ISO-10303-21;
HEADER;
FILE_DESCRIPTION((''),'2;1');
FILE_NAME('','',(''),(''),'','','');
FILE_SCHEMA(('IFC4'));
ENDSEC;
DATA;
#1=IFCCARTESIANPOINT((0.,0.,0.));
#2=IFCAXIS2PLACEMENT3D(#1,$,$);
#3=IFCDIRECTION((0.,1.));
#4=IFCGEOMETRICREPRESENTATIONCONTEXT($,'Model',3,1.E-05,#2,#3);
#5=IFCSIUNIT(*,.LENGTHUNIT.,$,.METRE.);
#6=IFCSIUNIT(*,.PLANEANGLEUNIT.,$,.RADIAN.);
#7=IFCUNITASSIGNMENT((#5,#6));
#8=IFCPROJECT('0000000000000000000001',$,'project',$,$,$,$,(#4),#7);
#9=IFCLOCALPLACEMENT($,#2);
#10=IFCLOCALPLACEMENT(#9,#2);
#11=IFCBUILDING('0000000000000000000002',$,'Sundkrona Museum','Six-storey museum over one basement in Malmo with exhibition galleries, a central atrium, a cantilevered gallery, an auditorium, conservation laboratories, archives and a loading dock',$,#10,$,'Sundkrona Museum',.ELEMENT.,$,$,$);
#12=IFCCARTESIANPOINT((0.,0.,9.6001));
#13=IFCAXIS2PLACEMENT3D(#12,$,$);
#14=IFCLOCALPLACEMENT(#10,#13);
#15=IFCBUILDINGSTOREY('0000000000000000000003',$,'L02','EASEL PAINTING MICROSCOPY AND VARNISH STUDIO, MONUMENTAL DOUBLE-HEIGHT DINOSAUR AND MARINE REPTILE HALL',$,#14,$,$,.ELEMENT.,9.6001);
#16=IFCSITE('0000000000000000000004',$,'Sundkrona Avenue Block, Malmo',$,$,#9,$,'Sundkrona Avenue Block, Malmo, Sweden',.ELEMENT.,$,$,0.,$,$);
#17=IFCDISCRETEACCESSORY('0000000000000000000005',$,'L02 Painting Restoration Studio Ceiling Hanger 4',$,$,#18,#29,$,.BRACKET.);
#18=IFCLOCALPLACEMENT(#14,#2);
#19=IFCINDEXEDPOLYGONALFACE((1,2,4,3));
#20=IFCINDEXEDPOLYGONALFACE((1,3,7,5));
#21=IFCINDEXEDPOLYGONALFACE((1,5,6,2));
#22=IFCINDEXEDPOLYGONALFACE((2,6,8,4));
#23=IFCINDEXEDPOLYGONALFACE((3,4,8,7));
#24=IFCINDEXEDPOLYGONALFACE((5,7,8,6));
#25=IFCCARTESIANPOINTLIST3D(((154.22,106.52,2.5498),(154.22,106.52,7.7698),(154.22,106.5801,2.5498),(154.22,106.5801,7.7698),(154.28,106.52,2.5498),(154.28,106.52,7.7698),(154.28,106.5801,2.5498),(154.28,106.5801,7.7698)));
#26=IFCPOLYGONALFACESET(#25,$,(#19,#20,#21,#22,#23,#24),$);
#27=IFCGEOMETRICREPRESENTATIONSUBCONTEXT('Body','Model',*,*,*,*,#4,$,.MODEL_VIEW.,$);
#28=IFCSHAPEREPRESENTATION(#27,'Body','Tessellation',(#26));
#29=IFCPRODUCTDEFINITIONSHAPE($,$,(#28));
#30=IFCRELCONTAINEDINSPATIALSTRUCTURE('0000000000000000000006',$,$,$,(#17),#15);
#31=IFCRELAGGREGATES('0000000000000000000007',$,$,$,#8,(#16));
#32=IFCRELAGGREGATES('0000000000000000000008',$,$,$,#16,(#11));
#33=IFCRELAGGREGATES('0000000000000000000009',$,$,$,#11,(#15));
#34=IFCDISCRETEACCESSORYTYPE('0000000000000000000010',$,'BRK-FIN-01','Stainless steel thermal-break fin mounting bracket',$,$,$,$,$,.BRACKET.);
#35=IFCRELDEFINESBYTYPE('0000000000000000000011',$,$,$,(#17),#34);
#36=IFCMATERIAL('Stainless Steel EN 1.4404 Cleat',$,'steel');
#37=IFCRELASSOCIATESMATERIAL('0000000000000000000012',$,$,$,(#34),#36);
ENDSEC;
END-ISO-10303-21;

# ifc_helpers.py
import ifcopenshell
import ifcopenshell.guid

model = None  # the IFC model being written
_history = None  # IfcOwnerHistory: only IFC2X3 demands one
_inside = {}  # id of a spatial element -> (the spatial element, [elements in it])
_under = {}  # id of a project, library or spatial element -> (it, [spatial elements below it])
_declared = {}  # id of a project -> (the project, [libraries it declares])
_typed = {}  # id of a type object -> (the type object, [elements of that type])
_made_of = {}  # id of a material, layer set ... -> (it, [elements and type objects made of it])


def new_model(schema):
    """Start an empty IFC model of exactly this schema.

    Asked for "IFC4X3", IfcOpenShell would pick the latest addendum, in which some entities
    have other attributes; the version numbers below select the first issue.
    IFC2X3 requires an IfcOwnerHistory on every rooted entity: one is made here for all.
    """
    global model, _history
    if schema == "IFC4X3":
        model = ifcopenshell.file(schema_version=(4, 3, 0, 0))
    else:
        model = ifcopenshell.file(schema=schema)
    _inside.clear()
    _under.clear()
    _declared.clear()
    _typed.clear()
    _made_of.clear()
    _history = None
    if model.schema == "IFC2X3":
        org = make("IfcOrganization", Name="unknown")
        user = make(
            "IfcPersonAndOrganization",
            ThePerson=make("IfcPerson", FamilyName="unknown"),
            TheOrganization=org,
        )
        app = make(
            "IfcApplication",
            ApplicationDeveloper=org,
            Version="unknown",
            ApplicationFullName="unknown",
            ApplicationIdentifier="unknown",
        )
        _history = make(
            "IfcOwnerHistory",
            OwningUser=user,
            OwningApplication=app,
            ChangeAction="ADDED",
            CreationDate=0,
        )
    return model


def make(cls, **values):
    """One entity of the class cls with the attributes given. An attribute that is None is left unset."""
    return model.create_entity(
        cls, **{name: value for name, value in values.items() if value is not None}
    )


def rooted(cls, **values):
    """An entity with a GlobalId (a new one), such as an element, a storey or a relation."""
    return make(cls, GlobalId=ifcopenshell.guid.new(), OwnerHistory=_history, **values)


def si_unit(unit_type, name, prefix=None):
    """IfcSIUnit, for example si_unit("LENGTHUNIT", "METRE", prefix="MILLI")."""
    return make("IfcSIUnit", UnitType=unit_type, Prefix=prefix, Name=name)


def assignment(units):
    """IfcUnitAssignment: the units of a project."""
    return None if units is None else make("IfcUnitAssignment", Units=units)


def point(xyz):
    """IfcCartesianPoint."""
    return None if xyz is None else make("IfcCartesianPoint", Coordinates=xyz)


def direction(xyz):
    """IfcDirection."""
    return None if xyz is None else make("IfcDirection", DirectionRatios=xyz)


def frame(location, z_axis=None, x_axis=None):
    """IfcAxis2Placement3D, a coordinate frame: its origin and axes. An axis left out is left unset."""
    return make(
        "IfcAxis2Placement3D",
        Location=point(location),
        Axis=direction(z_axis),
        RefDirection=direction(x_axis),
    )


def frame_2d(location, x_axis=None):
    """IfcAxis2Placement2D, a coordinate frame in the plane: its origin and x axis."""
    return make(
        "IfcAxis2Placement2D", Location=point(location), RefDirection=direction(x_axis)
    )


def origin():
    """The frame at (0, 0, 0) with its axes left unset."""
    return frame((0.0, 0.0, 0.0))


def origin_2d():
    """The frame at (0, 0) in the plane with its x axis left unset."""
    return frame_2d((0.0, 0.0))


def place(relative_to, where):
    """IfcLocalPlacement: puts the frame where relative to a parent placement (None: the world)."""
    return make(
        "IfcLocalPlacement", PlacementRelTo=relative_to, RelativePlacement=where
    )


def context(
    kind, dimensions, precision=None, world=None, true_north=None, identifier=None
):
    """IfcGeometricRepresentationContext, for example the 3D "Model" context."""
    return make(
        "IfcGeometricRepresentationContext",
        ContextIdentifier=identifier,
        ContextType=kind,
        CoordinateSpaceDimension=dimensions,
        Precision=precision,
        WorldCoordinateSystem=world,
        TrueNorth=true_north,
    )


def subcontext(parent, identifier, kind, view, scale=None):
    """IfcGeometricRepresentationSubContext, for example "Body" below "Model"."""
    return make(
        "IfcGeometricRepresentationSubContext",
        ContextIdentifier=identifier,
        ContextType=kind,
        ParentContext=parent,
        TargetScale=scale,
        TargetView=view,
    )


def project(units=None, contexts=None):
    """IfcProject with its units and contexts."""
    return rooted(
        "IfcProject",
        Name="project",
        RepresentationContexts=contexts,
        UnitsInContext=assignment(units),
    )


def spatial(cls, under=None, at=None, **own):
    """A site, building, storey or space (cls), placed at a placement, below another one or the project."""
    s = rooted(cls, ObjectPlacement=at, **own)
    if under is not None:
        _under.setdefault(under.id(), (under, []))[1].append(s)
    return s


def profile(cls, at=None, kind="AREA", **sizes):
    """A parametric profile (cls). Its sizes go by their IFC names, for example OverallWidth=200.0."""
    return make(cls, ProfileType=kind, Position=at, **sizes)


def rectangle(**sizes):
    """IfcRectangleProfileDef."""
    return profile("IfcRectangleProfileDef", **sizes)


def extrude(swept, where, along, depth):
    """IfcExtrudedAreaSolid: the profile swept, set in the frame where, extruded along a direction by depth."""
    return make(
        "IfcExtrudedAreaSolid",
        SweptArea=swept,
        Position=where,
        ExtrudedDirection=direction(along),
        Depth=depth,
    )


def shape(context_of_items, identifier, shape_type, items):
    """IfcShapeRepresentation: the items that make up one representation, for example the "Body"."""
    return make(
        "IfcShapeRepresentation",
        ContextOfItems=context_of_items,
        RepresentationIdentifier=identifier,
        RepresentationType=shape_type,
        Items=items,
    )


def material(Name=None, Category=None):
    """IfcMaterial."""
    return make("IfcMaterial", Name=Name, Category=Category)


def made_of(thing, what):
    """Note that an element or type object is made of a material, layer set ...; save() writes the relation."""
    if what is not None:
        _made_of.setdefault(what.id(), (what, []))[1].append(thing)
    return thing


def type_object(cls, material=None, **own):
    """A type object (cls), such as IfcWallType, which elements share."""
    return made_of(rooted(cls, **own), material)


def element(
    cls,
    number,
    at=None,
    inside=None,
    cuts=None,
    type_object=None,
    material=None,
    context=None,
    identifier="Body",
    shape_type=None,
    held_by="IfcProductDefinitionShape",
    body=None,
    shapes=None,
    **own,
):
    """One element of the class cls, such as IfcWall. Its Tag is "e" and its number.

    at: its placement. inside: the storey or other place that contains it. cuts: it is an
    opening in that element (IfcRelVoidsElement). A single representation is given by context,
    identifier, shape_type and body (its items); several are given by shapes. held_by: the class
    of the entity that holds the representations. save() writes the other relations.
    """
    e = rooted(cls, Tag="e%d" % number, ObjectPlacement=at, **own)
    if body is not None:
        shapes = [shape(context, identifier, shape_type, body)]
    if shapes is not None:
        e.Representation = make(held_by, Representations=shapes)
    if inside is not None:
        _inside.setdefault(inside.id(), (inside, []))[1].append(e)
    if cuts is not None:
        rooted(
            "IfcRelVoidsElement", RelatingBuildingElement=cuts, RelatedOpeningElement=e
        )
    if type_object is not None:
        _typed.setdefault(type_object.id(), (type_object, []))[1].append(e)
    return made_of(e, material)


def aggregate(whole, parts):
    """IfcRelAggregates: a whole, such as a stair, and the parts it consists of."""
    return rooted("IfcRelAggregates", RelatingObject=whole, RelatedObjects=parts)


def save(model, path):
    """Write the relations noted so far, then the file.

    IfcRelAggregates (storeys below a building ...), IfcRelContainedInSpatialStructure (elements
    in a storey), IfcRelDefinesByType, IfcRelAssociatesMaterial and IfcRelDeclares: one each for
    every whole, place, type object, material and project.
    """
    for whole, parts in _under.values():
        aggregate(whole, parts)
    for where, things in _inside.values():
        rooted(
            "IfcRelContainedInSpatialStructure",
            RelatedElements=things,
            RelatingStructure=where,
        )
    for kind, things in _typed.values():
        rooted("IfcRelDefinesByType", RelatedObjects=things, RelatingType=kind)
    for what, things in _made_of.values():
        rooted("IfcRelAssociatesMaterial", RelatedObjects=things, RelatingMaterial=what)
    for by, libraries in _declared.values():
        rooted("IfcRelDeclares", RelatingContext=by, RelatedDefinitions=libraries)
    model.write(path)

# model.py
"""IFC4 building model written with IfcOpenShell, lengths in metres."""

from ifc_helpers import new_model, si_unit, direction, frame, origin, origin_2d, place, context, subcontext, project, spatial, rectangle, extrude, material, type_object, element, save


model = new_model("IFC4")

# Units and contexts
model_context = context("Model", 3, precision=1e-05, world=origin(), true_north=direction((0.0, 1.0)))
body_context = subcontext(model_context, "Body", "Model", "MODEL_VIEW")
ifc_project = project(units=[si_unit("LENGTHUNIT", "METRE"), si_unit("PLANEANGLEUNIT", "RADIAN")], contexts=[model_context])

# Site, building, storey
site_placement = place(None, origin())
site = spatial("IfcSite", under=ifc_project, at=site_placement, Name="Sundkrona Avenue Block, Malmo", LongName="Sundkrona Avenue Block, Malmo, Sweden", CompositionType="ELEMENT", RefElevation=0.0)
building_placement = place(site_placement, origin())
building = spatial("IfcBuilding", under=site, at=building_placement, Name="Sundkrona Museum", Description="Six-storey museum over one basement in Malmo with exhibition galleries, a central atrium, a cantilevered gallery, an auditorium, conservation laboratories, archives and a loading dock", LongName="Sundkrona Museum", CompositionType="ELEMENT")
storey_placement = place(building_placement, frame((0.0, 0.0, 9.6001)))
storey = spatial("IfcBuildingStorey", under=building, at=storey_placement, Name="L02", Description="EASEL PAINTING MICROSCOPY AND VARNISH STUDIO, MONUMENTAL DOUBLE-HEIGHT DINOSAUR AND MARINE REPTILE HALL", CompositionType="ELEMENT", Elevation=9.6001)

# Discrete accessory
ifc_material_1 = material(Name="Stainless Steel EN 1.4404 Cleat", Category="steel")
discrete_accessory_type = type_object("IfcDiscreteAccessoryType", Name="BRK-FIN-01", Description="Stainless steel thermal-break fin mounting bracket", PredefinedType="BRACKET", material=ifc_material_1)
discrete_accessory_placement = place(storey_placement, frame((154.25, 106.55, 2.5498), z_axis=(0.0, 0.0, 1.0), x_axis=(1.0, 0.0, 0.0)))
element("IfcDiscreteAccessory", 1, at=discrete_accessory_placement, inside=storey, type_object=discrete_accessory_type, Name="L02 Painting Restoration Studio Ceiling Hanger 4", PredefinedType="BRACKET", context=body_context, shape_type="SweptSolid", body=[
    extrude(rectangle(XDim=0.0601, YDim=0.0601, at=origin_2d()), origin(), (0.0, 0.0, 1.0), 5.22),
])

save(model, "model.ifc")
